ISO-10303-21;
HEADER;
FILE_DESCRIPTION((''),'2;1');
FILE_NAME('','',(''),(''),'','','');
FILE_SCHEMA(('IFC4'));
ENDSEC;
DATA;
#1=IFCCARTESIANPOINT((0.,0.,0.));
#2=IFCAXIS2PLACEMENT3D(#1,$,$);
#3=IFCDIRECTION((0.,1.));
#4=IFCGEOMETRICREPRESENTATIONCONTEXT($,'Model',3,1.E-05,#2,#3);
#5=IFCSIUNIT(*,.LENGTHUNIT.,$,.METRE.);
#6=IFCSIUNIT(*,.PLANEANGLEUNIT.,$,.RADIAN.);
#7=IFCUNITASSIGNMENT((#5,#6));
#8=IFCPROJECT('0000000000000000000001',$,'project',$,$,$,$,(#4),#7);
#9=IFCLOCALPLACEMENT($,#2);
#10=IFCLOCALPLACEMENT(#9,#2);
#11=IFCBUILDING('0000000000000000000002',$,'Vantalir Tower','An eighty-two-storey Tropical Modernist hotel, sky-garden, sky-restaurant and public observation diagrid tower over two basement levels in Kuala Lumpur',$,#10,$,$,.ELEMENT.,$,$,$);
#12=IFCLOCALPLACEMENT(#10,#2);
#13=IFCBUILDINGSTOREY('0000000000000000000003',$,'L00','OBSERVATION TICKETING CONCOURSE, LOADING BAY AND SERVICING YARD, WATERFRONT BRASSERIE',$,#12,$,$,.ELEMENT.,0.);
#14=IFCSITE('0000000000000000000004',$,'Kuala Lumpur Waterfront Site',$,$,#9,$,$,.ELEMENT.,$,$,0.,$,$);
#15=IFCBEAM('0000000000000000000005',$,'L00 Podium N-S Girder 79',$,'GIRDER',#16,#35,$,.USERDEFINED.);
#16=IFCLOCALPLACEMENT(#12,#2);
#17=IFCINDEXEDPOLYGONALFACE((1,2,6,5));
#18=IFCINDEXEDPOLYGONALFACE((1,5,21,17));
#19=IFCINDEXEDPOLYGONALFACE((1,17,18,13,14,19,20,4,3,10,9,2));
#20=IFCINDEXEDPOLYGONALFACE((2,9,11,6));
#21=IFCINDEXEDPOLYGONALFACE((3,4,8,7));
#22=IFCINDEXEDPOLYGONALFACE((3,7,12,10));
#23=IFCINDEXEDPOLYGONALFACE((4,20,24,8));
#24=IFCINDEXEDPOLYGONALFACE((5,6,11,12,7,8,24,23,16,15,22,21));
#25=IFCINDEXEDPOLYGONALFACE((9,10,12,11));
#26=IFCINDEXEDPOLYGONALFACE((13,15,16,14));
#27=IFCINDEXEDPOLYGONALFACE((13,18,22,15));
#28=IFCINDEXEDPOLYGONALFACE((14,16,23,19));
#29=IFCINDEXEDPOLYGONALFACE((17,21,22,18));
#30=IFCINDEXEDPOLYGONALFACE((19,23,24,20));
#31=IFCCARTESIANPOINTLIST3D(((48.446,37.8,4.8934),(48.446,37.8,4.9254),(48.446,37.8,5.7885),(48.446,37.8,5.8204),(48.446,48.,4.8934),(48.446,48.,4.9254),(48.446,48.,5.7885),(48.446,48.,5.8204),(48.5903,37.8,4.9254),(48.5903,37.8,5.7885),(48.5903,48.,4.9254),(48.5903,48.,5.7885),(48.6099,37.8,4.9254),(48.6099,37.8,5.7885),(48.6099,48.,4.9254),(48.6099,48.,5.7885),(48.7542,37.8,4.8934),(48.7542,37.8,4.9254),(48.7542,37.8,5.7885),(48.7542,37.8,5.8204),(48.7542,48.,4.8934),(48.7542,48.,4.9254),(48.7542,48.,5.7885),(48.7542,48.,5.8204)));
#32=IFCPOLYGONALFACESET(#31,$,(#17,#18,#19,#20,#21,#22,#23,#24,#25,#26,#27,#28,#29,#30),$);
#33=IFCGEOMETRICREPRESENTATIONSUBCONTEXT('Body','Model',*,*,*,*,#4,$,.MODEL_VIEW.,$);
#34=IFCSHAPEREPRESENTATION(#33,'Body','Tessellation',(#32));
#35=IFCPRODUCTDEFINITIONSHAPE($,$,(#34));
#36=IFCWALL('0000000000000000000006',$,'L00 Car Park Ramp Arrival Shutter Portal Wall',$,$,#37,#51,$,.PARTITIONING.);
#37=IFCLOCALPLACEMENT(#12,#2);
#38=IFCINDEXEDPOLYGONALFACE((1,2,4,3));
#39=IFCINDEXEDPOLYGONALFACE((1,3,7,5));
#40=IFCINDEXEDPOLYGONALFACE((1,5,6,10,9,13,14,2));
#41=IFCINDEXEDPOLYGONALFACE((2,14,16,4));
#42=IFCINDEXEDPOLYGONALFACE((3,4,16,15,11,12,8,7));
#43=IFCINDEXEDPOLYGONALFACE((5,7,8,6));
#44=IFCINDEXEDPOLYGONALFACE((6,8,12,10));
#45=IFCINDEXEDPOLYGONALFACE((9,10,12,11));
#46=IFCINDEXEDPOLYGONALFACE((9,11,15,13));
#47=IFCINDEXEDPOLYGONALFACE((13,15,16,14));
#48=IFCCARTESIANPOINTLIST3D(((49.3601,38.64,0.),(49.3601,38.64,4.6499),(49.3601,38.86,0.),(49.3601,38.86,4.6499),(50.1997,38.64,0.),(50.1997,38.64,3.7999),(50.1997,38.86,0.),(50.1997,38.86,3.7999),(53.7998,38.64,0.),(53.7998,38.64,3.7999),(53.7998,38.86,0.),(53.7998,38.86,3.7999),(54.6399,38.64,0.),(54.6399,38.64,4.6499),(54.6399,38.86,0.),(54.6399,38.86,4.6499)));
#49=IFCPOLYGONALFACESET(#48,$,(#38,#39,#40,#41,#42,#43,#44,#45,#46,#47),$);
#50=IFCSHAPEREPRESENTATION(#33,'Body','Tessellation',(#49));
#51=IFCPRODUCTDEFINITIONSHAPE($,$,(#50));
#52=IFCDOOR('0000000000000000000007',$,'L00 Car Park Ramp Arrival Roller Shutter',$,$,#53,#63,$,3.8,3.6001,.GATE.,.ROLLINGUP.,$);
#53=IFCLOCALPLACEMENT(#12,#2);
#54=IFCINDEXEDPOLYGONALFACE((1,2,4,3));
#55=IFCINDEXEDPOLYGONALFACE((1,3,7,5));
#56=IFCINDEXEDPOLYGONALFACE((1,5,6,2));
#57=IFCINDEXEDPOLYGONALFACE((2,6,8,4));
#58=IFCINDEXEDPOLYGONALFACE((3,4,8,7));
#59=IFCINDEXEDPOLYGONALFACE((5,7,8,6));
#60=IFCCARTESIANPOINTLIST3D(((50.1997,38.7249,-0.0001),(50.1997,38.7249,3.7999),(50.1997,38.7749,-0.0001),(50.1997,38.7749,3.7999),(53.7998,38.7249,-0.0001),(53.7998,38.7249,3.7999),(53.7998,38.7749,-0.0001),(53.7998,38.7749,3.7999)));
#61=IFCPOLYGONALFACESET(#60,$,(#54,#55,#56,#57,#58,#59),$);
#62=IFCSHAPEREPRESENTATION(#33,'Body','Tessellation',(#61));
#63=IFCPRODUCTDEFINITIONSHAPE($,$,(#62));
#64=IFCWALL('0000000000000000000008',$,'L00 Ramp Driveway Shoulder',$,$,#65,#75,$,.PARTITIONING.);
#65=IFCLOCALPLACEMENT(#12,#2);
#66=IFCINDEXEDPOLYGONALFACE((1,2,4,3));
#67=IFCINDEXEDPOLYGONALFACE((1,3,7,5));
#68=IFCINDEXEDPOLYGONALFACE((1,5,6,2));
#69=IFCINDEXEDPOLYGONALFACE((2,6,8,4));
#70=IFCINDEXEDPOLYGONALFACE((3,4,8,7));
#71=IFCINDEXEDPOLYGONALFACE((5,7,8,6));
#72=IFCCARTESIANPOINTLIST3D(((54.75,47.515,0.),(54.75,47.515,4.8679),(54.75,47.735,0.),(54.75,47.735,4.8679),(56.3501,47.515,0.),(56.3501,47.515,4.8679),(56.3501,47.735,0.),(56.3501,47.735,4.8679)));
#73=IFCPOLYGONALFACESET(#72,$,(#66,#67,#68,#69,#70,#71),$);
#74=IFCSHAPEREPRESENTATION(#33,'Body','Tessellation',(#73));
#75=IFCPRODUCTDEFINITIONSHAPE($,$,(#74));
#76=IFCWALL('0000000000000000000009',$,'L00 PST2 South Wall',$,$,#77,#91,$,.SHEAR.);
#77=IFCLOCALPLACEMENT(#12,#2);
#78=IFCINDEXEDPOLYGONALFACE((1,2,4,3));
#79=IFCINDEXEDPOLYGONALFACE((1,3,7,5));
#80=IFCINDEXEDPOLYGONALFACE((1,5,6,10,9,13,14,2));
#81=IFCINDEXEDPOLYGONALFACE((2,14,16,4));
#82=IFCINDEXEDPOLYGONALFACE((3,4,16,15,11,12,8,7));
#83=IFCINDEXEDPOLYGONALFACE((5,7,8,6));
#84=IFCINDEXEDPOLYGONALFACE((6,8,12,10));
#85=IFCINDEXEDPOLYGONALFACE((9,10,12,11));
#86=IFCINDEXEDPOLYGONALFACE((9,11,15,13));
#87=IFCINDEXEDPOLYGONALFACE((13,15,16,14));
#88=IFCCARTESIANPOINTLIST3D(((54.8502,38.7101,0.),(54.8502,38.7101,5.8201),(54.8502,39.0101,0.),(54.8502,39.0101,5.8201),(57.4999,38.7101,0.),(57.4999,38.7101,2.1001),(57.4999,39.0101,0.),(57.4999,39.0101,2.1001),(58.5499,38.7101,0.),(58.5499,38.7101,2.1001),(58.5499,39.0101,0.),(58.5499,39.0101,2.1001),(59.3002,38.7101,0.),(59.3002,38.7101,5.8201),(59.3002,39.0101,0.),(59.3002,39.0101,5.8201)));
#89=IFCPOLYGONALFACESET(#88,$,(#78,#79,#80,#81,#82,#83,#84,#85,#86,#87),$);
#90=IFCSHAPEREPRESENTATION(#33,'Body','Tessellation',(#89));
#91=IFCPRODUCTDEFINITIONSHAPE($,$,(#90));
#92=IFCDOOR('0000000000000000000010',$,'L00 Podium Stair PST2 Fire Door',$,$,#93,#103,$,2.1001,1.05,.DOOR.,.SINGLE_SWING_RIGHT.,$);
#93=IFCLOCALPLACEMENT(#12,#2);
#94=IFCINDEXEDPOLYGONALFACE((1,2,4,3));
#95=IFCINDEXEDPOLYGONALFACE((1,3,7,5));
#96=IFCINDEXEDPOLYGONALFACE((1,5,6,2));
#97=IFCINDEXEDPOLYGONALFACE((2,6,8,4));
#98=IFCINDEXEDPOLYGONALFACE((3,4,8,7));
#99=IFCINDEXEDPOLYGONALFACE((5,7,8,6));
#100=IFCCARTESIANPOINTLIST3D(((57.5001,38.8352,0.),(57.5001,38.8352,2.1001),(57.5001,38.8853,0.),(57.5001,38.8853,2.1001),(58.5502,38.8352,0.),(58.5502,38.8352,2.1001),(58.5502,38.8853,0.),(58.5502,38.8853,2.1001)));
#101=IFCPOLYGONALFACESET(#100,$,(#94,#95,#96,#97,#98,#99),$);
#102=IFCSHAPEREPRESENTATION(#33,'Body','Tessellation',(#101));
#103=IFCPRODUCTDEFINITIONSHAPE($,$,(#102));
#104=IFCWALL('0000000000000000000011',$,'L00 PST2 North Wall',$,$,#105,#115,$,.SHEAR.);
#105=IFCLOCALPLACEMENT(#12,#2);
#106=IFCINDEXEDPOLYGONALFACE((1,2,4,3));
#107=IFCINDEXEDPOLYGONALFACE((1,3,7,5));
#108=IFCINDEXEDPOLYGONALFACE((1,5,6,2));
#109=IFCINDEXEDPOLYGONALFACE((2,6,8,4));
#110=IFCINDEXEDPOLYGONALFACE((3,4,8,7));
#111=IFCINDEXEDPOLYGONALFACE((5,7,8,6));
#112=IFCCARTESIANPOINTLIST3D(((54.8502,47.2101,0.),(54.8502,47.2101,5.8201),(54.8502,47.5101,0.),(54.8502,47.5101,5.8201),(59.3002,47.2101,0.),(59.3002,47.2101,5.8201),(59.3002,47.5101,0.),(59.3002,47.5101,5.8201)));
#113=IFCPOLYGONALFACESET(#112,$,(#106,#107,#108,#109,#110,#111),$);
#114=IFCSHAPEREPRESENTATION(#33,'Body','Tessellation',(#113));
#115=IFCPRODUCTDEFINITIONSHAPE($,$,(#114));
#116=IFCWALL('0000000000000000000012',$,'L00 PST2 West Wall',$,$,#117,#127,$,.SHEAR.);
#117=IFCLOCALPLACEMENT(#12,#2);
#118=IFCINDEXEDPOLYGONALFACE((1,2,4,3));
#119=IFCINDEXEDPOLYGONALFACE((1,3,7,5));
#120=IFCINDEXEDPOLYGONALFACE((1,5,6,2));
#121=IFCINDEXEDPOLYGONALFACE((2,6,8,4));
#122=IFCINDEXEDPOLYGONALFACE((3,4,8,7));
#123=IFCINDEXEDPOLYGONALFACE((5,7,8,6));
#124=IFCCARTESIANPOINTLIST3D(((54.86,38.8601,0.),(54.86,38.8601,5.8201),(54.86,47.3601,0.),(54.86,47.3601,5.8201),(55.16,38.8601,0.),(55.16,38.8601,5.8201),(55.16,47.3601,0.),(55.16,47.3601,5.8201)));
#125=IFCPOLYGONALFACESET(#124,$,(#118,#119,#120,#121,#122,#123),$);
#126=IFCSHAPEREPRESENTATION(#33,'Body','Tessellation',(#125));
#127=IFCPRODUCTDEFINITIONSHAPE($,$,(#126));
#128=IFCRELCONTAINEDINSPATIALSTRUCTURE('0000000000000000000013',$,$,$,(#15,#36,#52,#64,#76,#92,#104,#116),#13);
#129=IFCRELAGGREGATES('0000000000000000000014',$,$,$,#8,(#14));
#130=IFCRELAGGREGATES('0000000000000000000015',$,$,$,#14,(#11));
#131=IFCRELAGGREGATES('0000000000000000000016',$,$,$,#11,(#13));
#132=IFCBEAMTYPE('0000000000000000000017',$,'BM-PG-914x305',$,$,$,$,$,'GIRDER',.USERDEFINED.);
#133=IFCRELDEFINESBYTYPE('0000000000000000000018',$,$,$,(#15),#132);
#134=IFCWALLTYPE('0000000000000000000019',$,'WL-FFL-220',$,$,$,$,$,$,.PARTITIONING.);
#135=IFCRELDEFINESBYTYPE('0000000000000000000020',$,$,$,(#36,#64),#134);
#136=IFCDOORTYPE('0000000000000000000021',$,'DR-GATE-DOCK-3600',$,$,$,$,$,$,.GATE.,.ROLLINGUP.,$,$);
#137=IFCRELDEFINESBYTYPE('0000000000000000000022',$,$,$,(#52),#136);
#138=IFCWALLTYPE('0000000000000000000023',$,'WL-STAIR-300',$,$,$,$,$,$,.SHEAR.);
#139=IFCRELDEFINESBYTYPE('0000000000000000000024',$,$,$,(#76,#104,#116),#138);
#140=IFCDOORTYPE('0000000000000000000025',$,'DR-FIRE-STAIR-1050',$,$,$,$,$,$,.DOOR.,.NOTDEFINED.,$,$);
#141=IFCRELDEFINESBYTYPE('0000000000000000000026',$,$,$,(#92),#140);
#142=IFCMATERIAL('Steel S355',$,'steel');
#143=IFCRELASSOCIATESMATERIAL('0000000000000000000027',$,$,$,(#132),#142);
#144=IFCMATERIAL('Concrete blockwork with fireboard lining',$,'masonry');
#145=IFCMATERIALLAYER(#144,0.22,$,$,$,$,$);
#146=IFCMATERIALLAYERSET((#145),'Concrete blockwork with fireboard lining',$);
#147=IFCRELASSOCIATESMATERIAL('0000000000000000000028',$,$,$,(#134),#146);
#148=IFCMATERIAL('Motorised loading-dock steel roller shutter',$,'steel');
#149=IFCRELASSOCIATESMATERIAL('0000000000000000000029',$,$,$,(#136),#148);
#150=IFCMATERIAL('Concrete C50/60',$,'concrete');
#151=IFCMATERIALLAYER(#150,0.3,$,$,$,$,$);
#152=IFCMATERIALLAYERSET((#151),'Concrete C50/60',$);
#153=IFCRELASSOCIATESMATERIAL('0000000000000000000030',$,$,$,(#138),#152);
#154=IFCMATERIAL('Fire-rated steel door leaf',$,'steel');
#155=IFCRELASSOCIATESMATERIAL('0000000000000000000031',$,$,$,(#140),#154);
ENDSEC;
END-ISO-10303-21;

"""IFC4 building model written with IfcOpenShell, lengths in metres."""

from ifc_helpers import new_model, si_unit, direction, frame, frame_2d, origin, origin_2d, place, context, subcontext, project, spatial, rectangle, i_section, extrude, material, layer, layer_set, material_profile, profile_set, type_object, element, fill, save


model = new_model("IFC4")

# Units and contexts
model_context = context("Model", 3, precision=1e-05, world=origin(), true_north=direction((0.0, 1.0)))
body_context = subcontext(model_context, "Body", "Model", "MODEL_VIEW")
ifc_project = project(units=[si_unit("LENGTHUNIT", "METRE"), si_unit("PLANEANGLEUNIT", "RADIAN")], contexts=[model_context])

# Site, building, storey
site_placement = place(None, origin())
site = spatial("IfcSite", under=ifc_project, at=site_placement, Name="Kuala Lumpur Waterfront Site", CompositionType="ELEMENT", RefElevation=0.0)
building_placement = place(site_placement, origin())
building = spatial("IfcBuilding", under=site, at=building_placement, Name="Vantalir Tower", Description="An eighty-two-storey Tropical Modernist hotel, sky-garden, sky-restaurant and public observation diagrid tower over two basement levels in Kuala Lumpur", CompositionType="ELEMENT")
storey_placement = place(building_placement, origin())
storey = spatial("IfcBuildingStorey", under=building, at=storey_placement, Name="L00", Description="OBSERVATION TICKETING CONCOURSE, LOADING BAY AND SERVICING YARD, WATERFRONT BRASSERIE", CompositionType="ELEMENT", Elevation=0.0)

# Beam
ifc_material_1 = material(Name="Steel S355", Category="steel")
ifc_material_profile_1 = material_profile(ifc_material_1, i_section(OverallWidth=0.3081, OverallDepth=0.927, WebThickness=0.0195, FlangeThickness=0.032, at=origin_2d()), Name="Steel S355")
ifc_profile_set_1 = profile_set([ifc_material_profile_1], Name="Steel S355")
beam_type_1 = type_object("IfcBeamType", Name="BM-PG-914x305", ElementType="GIRDER", PredefinedType="USERDEFINED", material=ifc_profile_set_1)
beam_1_placement = place(storey_placement, frame((48.6001, 37.8, 5.3569), z_axis=(0.0, 1.0, 0.0), x_axis=(-1.0, 0.0, 0.0)))
element("IfcBeam", 1, at=beam_1_placement, inside=storey, type_object=beam_type_1, Name="L00 Podium N-S Girder 79", ObjectType="GIRDER", PredefinedType="USERDEFINED", context=body_context, shape_type="SweptSolid", body=[
    extrude(i_section(OverallWidth=0.3081, OverallDepth=0.927, WebThickness=0.0195, FlangeThickness=0.032, at=origin_2d()), origin(), (0.0, 0.0, 1.0), 10.2),
])

# Wall, opening, door
ifc_material_2 = material(Name="Concrete blockwork with fireboard lining", Category="masonry")
ifc_layer_1 = layer(ifc_material_2, 0.22)
ifc_layer_set_1 = layer_set([ifc_layer_1], Name="Concrete blockwork with fireboard lining")
wall_type_1 = type_object("IfcWallType", Name="WL-FFL-220", PredefinedType="PARTITIONING", material=ifc_layer_set_1)
wall_1_placement = place(storey_placement, frame((54.6399, 38.75, 0.0), z_axis=(0.0, 0.0, 1.0), x_axis=(-1.0, 0.0, 0.0)))
wall_1 = element("IfcWall", 2, at=wall_1_placement, inside=storey, type_object=wall_type_1, Name="L00 Car Park Ramp Arrival Shutter Portal Wall", PredefinedType="PARTITIONING", context=body_context, shape_type="SweptSolid", body=[
    extrude(rectangle(XDim=5.2798, YDim=0.22, at=frame_2d((2.6399, 0.0))), origin(), (0.0, 0.0, 1.0), 4.6499),
])
opening_1_placement = place(wall_1_placement, frame((0.8401, 0.0, 0.0)))
opening_1 = element("IfcOpeningElement", 3, at=opening_1_placement, cuts=wall_1, PredefinedType="OPENING", context=body_context, shape_type="SweptSolid", body=[
    extrude(rectangle(XDim=3.6001, YDim=3.8, at=frame_2d((1.8, 1.8999))), frame((0.0, 0.1199, 0.0), z_axis=(0.0, -1.0, 0.0), x_axis=(1.0, 0.0, 0.0)), (0.0, 0.0, 1.0), 0.24),
])
ifc_material_3 = material(Name="Motorised loading-dock steel roller shutter", Category="steel")
door_type_1 = type_object("IfcDoorType", Name="DR-GATE-DOCK-3600", OperationType="ROLLINGUP", PredefinedType="GATE", material=ifc_material_3)
door_1_placement = place(opening_1_placement, frame((3.6001, 0.0, 0.0), z_axis=(0.0, 0.0, 1.0), x_axis=(-1.0, 0.0, 0.0)))
door_1 = element("IfcDoor", 4, at=door_1_placement, inside=storey, type_object=door_type_1, Name="L00 Car Park Ramp Arrival Roller Shutter", OperationType="ROLLINGUP", OverallHeight=3.8, OverallWidth=3.6001, PredefinedType="GATE", context=body_context, shape_type="SweptSolid", body=[
    extrude(rectangle(XDim=3.6001, YDim=3.8, at=frame_2d((1.8, 1.8999))), frame((0.0, 0.0249, 0.0), z_axis=(0.0, -1.0, 0.0), x_axis=(1.0, 0.0, 0.0)), (0.0, 0.0, 1.0), 0.05),
])
fill(opening_1, door_1)

# Wall
wall_2_placement = place(storey_placement, frame((54.75, 47.625, 0.0), z_axis=(0.0, 0.0, 1.0), x_axis=(1.0, 0.0, 0.0)))
element("IfcWall", 5, at=wall_2_placement, inside=storey, type_object=wall_type_1, Name="L00 Ramp Driveway Shoulder", PredefinedType="PARTITIONING", context=body_context, shape_type="SweptSolid", body=[
    extrude(rectangle(XDim=1.6001, YDim=0.22, at=frame_2d((0.8, 0.0))), origin(), (0.0, 0.0, 1.0), 4.8679),
])

# Wall, opening, door
ifc_material_4 = material(Name="Concrete C50/60", Category="concrete")
ifc_layer_2 = layer(ifc_material_4, 0.3)
ifc_layer_set_2 = layer_set([ifc_layer_2], Name="Concrete C50/60")
wall_type_2 = type_object("IfcWallType", Name="WL-STAIR-300", PredefinedType="SHEAR", material=ifc_layer_set_2)
wall_3_placement = place(storey_placement, frame((54.8501, 38.8601, 0.0), z_axis=(0.0, 0.0, 1.0), x_axis=(1.0, 0.0, 0.0)))
wall_3 = element("IfcWall", 6, at=wall_3_placement, inside=storey, type_object=wall_type_2, Name="L00 PST2 South Wall", PredefinedType="SHEAR", context=body_context, shape_type="SweptSolid", body=[
    extrude(rectangle(XDim=4.45, YDim=0.3, at=frame_2d((2.2251, 0.0))), origin(), (0.0, 0.0, 1.0), 5.8201),
])
opening_2_placement = place(wall_3_placement, frame((2.6499, 0.0, 0.0)))
opening_2 = element("IfcOpeningElement", 7, at=opening_2_placement, cuts=wall_3, PredefinedType="OPENING", context=body_context, shape_type="SweptSolid", body=[
    extrude(rectangle(XDim=1.05, YDim=2.1001, at=frame_2d((0.5249, 1.05))), frame((0.0, 0.1599, 0.0), z_axis=(0.0, -1.0, 0.0), x_axis=(1.0, 0.0, 0.0)), (0.0, 0.0, 1.0), 0.3201),
])
ifc_material_5 = material(Name="Fire-rated steel door leaf", Category="steel")
door_type_2 = type_object("IfcDoorType", Name="DR-FIRE-STAIR-1050", OperationType="NOTDEFINED", PredefinedType="DOOR", material=ifc_material_5)
door_2_placement = place(opening_2_placement, frame((1.05, 0.0, 0.0), z_axis=(0.0, 0.0, 1.0), x_axis=(-1.0, 0.0, 0.0)))
door_2 = element("IfcDoor", 8, at=door_2_placement, inside=storey, type_object=door_type_2, Name="L00 Podium Stair PST2 Fire Door", OperationType="SINGLE_SWING_RIGHT", OverallHeight=2.1001, OverallWidth=1.05, PredefinedType="DOOR", context=body_context, shape_type="SweptSolid", body=[
    extrude(rectangle(XDim=1.05, YDim=2.1001, at=frame_2d((0.5249, 1.05))), frame((0.0, 0.0249, 0.0), z_axis=(0.0, -1.0, 0.0), x_axis=(1.0, 0.0, 0.0)), (0.0, 0.0, 1.0), 0.05),
])
fill(opening_2, door_2)

# Walls
wall_4_placement = place(storey_placement, frame((54.8501, 47.3601, 0.0), z_axis=(0.0, 0.0, 1.0), x_axis=(1.0, 0.0, 0.0)))
element("IfcWall", 9, at=wall_4_placement, inside=storey, type_object=wall_type_2, Name="L00 PST2 North Wall", PredefinedType="SHEAR", context=body_context, shape_type="SweptSolid", body=[
    extrude(rectangle(XDim=4.45, YDim=0.3, at=frame_2d((2.2251, 0.0))), origin(), (0.0, 0.0, 1.0), 5.8201),
])
wall_5_placement = place(storey_placement, frame((55.01, 38.8601, 0.0), z_axis=(0.0, 0.0, 1.0), x_axis=(0.0, 1.0, 0.0)))
element("IfcWall", 10, at=wall_5_placement, inside=storey, type_object=wall_type_2, Name="L00 PST2 West Wall", PredefinedType="SHEAR", context=body_context, shape_type="SweptSolid", body=[
    extrude(rectangle(XDim=8.5, YDim=0.3, at=frame_2d((4.25, 0.0))), origin(), (0.0, 0.0, 1.0), 5.8201),
])

save(model, "model.ifc")
